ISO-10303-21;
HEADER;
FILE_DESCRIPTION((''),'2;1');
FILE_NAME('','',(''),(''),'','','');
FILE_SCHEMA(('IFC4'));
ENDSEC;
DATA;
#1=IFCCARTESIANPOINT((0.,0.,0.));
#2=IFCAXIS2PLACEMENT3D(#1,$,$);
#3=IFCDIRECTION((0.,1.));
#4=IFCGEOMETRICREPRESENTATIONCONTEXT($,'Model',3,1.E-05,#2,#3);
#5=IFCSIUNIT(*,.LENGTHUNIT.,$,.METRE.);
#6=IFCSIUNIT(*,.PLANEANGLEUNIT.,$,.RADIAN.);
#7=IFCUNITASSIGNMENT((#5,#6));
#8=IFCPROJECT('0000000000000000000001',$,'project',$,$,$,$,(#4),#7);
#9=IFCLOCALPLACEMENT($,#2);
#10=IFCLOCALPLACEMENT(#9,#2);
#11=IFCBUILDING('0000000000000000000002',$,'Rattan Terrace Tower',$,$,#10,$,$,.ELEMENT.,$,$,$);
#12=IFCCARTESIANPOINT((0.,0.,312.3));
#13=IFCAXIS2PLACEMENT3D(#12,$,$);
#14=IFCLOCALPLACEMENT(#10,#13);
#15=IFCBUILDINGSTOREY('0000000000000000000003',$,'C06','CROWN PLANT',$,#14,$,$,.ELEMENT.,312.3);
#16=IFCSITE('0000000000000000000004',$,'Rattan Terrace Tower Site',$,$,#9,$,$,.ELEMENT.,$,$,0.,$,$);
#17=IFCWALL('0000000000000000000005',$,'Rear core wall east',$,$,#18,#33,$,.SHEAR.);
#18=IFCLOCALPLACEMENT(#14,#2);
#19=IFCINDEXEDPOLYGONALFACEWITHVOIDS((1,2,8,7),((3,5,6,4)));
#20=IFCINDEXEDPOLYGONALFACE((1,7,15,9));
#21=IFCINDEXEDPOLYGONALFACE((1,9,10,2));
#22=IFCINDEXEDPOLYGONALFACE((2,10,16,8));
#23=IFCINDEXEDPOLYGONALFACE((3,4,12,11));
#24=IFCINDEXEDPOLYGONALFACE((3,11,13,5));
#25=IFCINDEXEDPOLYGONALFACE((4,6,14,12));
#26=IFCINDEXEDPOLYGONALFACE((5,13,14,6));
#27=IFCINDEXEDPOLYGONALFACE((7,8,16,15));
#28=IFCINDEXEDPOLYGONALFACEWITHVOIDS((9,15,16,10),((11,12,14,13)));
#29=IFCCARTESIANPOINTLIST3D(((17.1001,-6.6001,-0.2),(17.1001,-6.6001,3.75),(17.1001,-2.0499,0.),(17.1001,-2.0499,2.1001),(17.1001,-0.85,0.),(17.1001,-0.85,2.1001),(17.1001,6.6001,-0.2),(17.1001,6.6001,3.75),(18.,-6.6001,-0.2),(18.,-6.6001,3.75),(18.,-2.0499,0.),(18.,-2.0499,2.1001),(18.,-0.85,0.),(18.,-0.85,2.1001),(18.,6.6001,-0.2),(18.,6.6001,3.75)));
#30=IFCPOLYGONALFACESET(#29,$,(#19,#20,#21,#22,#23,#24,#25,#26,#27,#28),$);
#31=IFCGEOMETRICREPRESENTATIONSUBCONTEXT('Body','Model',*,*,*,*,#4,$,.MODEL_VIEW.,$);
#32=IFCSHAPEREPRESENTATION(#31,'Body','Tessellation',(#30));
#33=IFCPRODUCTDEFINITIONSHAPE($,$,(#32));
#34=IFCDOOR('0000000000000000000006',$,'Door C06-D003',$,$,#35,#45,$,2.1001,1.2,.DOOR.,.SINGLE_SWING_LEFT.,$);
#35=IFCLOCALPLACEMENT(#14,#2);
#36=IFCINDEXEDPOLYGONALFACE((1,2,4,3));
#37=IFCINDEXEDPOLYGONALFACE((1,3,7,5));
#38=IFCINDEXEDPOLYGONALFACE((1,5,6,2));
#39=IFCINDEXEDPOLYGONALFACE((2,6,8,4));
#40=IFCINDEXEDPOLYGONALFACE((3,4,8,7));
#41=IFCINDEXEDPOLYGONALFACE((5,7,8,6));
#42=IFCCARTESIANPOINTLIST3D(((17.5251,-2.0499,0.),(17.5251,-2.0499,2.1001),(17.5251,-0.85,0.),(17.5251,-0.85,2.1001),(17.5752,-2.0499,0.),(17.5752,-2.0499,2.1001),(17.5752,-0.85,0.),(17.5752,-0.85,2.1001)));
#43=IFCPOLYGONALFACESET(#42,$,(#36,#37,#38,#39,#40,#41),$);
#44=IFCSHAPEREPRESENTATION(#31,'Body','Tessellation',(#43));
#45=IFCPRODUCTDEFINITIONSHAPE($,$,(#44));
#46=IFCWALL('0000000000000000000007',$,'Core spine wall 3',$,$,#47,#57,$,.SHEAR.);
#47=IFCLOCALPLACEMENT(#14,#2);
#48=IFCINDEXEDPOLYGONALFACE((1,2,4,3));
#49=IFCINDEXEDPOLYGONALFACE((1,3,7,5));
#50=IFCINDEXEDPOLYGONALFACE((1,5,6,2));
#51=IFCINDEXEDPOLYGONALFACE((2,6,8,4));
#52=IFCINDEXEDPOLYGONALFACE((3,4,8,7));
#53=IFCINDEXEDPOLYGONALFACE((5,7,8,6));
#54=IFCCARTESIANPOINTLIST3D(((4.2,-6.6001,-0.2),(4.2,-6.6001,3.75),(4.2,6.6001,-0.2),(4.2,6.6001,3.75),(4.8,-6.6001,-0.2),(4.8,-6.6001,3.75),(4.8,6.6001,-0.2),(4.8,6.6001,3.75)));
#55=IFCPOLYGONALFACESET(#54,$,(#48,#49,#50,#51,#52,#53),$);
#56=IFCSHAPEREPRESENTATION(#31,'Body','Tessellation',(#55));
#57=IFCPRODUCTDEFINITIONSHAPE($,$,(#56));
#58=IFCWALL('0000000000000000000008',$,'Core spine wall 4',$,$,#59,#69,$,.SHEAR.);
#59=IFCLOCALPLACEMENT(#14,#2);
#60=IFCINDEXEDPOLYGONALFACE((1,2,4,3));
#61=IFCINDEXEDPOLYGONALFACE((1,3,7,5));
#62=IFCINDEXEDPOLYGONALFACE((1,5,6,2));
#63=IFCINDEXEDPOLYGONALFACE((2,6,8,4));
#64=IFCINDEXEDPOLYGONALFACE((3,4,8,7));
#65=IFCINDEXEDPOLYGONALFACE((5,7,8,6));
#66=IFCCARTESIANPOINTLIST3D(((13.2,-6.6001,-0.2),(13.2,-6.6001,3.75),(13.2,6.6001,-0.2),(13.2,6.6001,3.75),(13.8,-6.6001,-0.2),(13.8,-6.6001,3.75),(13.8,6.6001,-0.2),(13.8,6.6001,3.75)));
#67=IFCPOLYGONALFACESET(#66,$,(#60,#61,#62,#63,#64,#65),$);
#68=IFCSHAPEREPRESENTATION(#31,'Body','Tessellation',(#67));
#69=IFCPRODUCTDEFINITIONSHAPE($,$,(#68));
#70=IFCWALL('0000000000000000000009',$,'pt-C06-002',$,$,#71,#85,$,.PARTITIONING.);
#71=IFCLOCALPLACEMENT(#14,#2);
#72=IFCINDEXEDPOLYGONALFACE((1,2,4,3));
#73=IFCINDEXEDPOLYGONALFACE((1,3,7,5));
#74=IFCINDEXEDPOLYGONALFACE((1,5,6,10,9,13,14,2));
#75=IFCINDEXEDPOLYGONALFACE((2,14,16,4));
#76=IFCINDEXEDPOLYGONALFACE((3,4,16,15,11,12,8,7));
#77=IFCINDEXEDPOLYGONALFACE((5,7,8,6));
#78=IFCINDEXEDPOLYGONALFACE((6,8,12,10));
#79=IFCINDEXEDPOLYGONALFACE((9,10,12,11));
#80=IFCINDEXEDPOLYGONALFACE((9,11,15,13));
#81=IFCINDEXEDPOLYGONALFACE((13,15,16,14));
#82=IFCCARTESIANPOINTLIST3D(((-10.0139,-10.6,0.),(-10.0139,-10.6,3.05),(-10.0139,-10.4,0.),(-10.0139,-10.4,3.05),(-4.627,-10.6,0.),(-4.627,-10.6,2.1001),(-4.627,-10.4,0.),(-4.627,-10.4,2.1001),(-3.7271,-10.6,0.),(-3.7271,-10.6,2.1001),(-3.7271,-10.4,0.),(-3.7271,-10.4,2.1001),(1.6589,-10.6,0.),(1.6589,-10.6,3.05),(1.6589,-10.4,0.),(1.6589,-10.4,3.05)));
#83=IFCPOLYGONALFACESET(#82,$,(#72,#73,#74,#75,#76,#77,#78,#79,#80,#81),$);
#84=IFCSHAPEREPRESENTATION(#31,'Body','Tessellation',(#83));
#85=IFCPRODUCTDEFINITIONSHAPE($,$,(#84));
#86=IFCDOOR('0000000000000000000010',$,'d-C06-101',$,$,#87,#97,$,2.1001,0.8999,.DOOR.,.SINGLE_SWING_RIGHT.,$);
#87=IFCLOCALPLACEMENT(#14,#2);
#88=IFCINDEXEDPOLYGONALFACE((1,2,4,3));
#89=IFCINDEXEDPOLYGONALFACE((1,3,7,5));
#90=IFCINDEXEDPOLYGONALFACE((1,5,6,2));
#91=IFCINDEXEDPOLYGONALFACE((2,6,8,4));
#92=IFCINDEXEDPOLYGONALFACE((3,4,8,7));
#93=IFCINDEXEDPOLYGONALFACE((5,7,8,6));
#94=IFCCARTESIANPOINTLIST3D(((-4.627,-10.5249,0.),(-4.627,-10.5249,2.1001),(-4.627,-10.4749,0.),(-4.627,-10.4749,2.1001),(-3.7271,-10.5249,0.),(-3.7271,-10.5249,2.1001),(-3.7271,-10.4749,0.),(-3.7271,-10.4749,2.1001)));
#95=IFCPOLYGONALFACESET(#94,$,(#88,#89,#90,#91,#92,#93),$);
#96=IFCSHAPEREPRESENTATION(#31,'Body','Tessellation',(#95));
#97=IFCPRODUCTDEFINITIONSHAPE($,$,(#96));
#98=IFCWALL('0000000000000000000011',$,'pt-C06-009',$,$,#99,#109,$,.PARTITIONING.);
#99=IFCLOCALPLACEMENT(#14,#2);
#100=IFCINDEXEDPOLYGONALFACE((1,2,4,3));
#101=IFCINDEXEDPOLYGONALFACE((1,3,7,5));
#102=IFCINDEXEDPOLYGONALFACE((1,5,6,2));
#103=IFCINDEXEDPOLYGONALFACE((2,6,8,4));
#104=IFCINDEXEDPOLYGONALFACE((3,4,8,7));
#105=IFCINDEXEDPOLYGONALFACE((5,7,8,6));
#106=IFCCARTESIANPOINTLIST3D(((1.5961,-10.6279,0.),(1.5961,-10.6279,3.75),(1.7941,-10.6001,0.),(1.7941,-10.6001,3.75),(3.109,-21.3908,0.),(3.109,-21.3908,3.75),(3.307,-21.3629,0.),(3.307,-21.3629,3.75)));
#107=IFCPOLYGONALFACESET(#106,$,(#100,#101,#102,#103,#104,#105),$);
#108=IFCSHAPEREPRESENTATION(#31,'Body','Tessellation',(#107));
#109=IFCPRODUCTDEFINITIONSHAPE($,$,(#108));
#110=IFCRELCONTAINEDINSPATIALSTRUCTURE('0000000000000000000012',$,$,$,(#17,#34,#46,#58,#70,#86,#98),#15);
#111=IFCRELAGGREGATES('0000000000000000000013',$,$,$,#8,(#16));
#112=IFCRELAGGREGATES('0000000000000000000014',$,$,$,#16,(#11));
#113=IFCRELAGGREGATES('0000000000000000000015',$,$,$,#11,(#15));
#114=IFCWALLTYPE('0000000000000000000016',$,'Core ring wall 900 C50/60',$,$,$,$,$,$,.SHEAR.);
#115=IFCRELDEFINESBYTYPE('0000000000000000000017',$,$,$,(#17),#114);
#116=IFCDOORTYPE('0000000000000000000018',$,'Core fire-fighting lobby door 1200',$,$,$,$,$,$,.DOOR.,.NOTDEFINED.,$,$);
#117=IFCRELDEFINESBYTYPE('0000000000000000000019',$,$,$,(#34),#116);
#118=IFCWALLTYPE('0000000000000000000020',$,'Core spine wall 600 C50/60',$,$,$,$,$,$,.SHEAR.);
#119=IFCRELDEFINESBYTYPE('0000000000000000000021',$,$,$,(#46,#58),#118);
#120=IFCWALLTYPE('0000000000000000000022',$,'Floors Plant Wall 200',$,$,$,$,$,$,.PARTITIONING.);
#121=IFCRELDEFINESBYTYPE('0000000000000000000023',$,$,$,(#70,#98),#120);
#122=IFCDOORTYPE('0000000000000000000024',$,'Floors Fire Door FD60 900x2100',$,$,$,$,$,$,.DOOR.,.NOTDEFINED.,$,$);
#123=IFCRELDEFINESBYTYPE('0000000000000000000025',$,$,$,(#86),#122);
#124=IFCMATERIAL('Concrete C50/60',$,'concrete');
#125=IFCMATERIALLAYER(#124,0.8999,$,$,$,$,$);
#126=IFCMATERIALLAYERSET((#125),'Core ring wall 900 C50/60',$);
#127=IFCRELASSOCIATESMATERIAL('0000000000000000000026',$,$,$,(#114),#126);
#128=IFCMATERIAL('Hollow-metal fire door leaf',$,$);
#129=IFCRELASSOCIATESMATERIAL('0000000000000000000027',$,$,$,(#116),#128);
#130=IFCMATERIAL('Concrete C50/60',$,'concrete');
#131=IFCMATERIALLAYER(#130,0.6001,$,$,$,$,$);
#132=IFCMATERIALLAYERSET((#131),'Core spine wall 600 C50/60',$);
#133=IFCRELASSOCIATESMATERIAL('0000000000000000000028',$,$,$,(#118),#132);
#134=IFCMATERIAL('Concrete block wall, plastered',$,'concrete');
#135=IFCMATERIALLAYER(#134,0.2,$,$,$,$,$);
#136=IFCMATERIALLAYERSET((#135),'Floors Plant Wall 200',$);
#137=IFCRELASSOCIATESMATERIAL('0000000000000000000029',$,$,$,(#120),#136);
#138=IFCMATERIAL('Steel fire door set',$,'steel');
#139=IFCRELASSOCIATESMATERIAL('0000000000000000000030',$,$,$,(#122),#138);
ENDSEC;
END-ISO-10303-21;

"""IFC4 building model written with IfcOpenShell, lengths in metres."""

from ifc_helpers import new_model, si_unit, direction, frame, frame_2d, origin, place, context, subcontext, project, spatial, rectangle, extrude, material, layer, layer_set, type_object, element, fill, save


model = new_model("IFC4")

# Units and contexts
model_context = context("Model", 3, precision=1e-05, world=origin(), true_north=direction((0.0, 1.0)))
body_context = subcontext(model_context, "Body", "Model", "MODEL_VIEW")
ifc_project = project(units=[si_unit("LENGTHUNIT", "METRE"), si_unit("PLANEANGLEUNIT", "RADIAN")], contexts=[model_context])

# Site, building, storey
site_placement = place(None, origin())
site = spatial("IfcSite", under=ifc_project, at=site_placement, Name="Rattan Terrace Tower Site", CompositionType="ELEMENT", RefElevation=0.0)
building_placement = place(site_placement, origin())
building = spatial("IfcBuilding", under=site, at=building_placement, Name="Rattan Terrace Tower", CompositionType="ELEMENT")
storey_placement = place(building_placement, frame((0.0, 0.0, 312.3)))
storey = spatial("IfcBuildingStorey", under=building, at=storey_placement, Name="C06", Description="CROWN PLANT", CompositionType="ELEMENT", Elevation=312.3)

# Wall, opening, door
ifc_material_1 = material(Name="Concrete C50/60", Category="concrete")
ifc_layer_1 = layer(ifc_material_1, 0.8999)
ifc_layer_set_1 = layer_set([ifc_layer_1], Name="Core ring wall 900 C50/60")
wall_type_1 = type_object("IfcWallType", Name="Core ring wall 900 C50/60", PredefinedType="SHEAR", material=ifc_layer_set_1)
wall_1_placement = place(storey_placement, frame((17.55, -6.6001, -0.2), z_axis=(0.0, 0.0, 1.0), x_axis=(0.0, 1.0, 0.0)))
wall_1 = element("IfcWall", 1, at=wall_1_placement, inside=storey, type_object=wall_type_1, Name="Rear core wall east", PredefinedType="SHEAR", context=body_context, shape_type="SweptSolid", body=[
    extrude(rectangle(XDim=13.2002, YDim=0.8999, at=frame_2d((6.6001, 0.0))), origin(), (0.0, 0.0, 1.0), 3.95),
])
opening_1_placement = place(wall_1_placement, frame((4.55, 0.0, 0.2)))
opening_1 = element("IfcOpeningElement", 2, at=opening_1_placement, cuts=wall_1, PredefinedType="OPENING", context=body_context, shape_type="SweptSolid", body=[
    extrude(rectangle(XDim=1.2, YDim=2.1001, at=frame_2d((0.6001, 1.05))), frame((0.0, 0.4604, 0.0), z_axis=(0.0, -1.0, 0.0), x_axis=(1.0, 0.0, 0.0)), (0.0, 0.0, 1.0), 0.9209),
])
ifc_material_2 = material(Name="Hollow-metal fire door leaf")
door_type_1 = type_object("IfcDoorType", Name="Core fire-fighting lobby door 1200", OperationType="NOTDEFINED", PredefinedType="DOOR", material=ifc_material_2)
door_1_placement = place(opening_1_placement, origin())
door_1 = element("IfcDoor", 3, at=door_1_placement, inside=storey, type_object=door_type_1, Name="Door C06-D003", OperationType="SINGLE_SWING_LEFT", OverallHeight=2.1001, OverallWidth=1.2, PredefinedType="DOOR", context=body_context, shape_type="SweptSolid", body=[
    extrude(rectangle(XDim=1.2, YDim=2.1001, at=frame_2d((0.6001, 1.05))), frame((0.0, 0.0249, 0.0), z_axis=(0.0, -1.0, 0.0), x_axis=(1.0, 0.0, 0.0)), (0.0, 0.0, 1.0), 0.05),
])
fill(opening_1, door_1)

# Walls
ifc_material_3 = material(Name="Concrete C50/60", Category="concrete")
ifc_layer_2 = layer(ifc_material_3, 0.6001)
ifc_layer_set_2 = layer_set([ifc_layer_2], Name="Core spine wall 600 C50/60")
wall_type_2 = type_object("IfcWallType", Name="Core spine wall 600 C50/60", PredefinedType="SHEAR", material=ifc_layer_set_2)
for number, where, z_axis, x_axis, name in (
    (4, (4.5, -6.6001, -0.2), (0.0, 0.0, 1.0), (0.0, 1.0, 0.0), "Core spine wall 3"),
    (5, (13.5, -6.6001, -0.2), (0.0, 0.0, 1.0), (0.0, 1.0, 0.0), "Core spine wall 4"),
):
    element("IfcWall", number, at=place(storey_placement, frame(where, z_axis=z_axis, x_axis=x_axis)), inside=storey, type_object=wall_type_2, Name=name, PredefinedType="SHEAR", context=body_context, shape_type="SweptSolid", body=[
        extrude(rectangle(XDim=13.2002, YDim=0.6001, at=frame_2d((6.6001, 0.0))), origin(), (0.0, 0.0, 1.0), 3.95),
    ])

# Wall, opening, door
ifc_material_4 = material(Name="Concrete block wall, plastered", Category="concrete")
ifc_layer_3 = layer(ifc_material_4, 0.2)
ifc_layer_set_3 = layer_set([ifc_layer_3], Name="Floors Plant Wall 200")
wall_type_3 = type_object("IfcWallType", Name="Floors Plant Wall 200", PredefinedType="PARTITIONING", material=ifc_layer_set_3)
wall_2_placement = place(storey_placement, frame((1.6589, -10.5, 0.0), z_axis=(0.0, 0.0, 1.0), x_axis=(-1.0, 0.0, 0.0)))
wall_2 = element("IfcWall", 6, at=wall_2_placement, inside=storey, type_object=wall_type_3, Name="pt-C06-002", PredefinedType="PARTITIONING", context=body_context, shape_type="SweptSolid", body=[
    extrude(rectangle(XDim=11.6729, YDim=0.2, at=frame_2d((5.8364, 0.0))), origin(), (0.0, 0.0, 1.0), 3.05),
])
opening_2_placement = place(wall_2_placement, frame((5.386, 0.0, 0.0)))
opening_2 = element("IfcOpeningElement", 7, at=opening_2_placement, cuts=wall_2, PredefinedType="OPENING", context=body_context, shape_type="SweptSolid", body=[
    extrude(rectangle(XDim=0.8999, YDim=2.1001, at=frame_2d((0.45, 1.05))), frame((0.0, 0.1106, 0.0), z_axis=(0.0, -1.0, 0.0), x_axis=(1.0, 0.0, 0.0)), (0.0, 0.0, 1.0), 0.2209),
])
ifc_material_5 = material(Name="Steel fire door set", Category="steel")
door_type_2 = type_object("IfcDoorType", Name="Floors Fire Door FD60 900x2100", OperationType="NOTDEFINED", PredefinedType="DOOR", material=ifc_material_5)
door_2_placement = place(opening_2_placement, origin())
door_2 = element("IfcDoor", 8, at=door_2_placement, inside=storey, type_object=door_type_2, Name="d-C06-101", OperationType="SINGLE_SWING_RIGHT", OverallHeight=2.1001, OverallWidth=0.8999, PredefinedType="DOOR", context=body_context, shape_type="SweptSolid", body=[
    extrude(rectangle(XDim=0.8999, YDim=2.1001, at=frame_2d((0.45, 1.05))), frame((0.0, 0.0249, 0.0), z_axis=(0.0, -1.0, 0.0), x_axis=(1.0, 0.0, 0.0)), (0.0, 0.0, 1.0), 0.05),
])
fill(opening_2, door_2)

# Wall
wall_3_placement = place(storey_placement, frame((1.6951, -10.614, 0.0), z_axis=(0.0, 0.0, 1.0), x_axis=(0.139201, -0.990264, 0.0)))
element("IfcWall", 9, at=wall_3_placement, inside=storey, type_object=wall_type_3, Name="pt-C06-009", PredefinedType="PARTITIONING", context=body_context, shape_type="SweptSolid", body=[
    extrude(rectangle(XDim=10.8687, YDim=0.2, at=frame_2d((5.4343, 0.0))), origin(), (0.0, 0.0, 1.0), 3.75),
])

save(model, "model.ifc")
